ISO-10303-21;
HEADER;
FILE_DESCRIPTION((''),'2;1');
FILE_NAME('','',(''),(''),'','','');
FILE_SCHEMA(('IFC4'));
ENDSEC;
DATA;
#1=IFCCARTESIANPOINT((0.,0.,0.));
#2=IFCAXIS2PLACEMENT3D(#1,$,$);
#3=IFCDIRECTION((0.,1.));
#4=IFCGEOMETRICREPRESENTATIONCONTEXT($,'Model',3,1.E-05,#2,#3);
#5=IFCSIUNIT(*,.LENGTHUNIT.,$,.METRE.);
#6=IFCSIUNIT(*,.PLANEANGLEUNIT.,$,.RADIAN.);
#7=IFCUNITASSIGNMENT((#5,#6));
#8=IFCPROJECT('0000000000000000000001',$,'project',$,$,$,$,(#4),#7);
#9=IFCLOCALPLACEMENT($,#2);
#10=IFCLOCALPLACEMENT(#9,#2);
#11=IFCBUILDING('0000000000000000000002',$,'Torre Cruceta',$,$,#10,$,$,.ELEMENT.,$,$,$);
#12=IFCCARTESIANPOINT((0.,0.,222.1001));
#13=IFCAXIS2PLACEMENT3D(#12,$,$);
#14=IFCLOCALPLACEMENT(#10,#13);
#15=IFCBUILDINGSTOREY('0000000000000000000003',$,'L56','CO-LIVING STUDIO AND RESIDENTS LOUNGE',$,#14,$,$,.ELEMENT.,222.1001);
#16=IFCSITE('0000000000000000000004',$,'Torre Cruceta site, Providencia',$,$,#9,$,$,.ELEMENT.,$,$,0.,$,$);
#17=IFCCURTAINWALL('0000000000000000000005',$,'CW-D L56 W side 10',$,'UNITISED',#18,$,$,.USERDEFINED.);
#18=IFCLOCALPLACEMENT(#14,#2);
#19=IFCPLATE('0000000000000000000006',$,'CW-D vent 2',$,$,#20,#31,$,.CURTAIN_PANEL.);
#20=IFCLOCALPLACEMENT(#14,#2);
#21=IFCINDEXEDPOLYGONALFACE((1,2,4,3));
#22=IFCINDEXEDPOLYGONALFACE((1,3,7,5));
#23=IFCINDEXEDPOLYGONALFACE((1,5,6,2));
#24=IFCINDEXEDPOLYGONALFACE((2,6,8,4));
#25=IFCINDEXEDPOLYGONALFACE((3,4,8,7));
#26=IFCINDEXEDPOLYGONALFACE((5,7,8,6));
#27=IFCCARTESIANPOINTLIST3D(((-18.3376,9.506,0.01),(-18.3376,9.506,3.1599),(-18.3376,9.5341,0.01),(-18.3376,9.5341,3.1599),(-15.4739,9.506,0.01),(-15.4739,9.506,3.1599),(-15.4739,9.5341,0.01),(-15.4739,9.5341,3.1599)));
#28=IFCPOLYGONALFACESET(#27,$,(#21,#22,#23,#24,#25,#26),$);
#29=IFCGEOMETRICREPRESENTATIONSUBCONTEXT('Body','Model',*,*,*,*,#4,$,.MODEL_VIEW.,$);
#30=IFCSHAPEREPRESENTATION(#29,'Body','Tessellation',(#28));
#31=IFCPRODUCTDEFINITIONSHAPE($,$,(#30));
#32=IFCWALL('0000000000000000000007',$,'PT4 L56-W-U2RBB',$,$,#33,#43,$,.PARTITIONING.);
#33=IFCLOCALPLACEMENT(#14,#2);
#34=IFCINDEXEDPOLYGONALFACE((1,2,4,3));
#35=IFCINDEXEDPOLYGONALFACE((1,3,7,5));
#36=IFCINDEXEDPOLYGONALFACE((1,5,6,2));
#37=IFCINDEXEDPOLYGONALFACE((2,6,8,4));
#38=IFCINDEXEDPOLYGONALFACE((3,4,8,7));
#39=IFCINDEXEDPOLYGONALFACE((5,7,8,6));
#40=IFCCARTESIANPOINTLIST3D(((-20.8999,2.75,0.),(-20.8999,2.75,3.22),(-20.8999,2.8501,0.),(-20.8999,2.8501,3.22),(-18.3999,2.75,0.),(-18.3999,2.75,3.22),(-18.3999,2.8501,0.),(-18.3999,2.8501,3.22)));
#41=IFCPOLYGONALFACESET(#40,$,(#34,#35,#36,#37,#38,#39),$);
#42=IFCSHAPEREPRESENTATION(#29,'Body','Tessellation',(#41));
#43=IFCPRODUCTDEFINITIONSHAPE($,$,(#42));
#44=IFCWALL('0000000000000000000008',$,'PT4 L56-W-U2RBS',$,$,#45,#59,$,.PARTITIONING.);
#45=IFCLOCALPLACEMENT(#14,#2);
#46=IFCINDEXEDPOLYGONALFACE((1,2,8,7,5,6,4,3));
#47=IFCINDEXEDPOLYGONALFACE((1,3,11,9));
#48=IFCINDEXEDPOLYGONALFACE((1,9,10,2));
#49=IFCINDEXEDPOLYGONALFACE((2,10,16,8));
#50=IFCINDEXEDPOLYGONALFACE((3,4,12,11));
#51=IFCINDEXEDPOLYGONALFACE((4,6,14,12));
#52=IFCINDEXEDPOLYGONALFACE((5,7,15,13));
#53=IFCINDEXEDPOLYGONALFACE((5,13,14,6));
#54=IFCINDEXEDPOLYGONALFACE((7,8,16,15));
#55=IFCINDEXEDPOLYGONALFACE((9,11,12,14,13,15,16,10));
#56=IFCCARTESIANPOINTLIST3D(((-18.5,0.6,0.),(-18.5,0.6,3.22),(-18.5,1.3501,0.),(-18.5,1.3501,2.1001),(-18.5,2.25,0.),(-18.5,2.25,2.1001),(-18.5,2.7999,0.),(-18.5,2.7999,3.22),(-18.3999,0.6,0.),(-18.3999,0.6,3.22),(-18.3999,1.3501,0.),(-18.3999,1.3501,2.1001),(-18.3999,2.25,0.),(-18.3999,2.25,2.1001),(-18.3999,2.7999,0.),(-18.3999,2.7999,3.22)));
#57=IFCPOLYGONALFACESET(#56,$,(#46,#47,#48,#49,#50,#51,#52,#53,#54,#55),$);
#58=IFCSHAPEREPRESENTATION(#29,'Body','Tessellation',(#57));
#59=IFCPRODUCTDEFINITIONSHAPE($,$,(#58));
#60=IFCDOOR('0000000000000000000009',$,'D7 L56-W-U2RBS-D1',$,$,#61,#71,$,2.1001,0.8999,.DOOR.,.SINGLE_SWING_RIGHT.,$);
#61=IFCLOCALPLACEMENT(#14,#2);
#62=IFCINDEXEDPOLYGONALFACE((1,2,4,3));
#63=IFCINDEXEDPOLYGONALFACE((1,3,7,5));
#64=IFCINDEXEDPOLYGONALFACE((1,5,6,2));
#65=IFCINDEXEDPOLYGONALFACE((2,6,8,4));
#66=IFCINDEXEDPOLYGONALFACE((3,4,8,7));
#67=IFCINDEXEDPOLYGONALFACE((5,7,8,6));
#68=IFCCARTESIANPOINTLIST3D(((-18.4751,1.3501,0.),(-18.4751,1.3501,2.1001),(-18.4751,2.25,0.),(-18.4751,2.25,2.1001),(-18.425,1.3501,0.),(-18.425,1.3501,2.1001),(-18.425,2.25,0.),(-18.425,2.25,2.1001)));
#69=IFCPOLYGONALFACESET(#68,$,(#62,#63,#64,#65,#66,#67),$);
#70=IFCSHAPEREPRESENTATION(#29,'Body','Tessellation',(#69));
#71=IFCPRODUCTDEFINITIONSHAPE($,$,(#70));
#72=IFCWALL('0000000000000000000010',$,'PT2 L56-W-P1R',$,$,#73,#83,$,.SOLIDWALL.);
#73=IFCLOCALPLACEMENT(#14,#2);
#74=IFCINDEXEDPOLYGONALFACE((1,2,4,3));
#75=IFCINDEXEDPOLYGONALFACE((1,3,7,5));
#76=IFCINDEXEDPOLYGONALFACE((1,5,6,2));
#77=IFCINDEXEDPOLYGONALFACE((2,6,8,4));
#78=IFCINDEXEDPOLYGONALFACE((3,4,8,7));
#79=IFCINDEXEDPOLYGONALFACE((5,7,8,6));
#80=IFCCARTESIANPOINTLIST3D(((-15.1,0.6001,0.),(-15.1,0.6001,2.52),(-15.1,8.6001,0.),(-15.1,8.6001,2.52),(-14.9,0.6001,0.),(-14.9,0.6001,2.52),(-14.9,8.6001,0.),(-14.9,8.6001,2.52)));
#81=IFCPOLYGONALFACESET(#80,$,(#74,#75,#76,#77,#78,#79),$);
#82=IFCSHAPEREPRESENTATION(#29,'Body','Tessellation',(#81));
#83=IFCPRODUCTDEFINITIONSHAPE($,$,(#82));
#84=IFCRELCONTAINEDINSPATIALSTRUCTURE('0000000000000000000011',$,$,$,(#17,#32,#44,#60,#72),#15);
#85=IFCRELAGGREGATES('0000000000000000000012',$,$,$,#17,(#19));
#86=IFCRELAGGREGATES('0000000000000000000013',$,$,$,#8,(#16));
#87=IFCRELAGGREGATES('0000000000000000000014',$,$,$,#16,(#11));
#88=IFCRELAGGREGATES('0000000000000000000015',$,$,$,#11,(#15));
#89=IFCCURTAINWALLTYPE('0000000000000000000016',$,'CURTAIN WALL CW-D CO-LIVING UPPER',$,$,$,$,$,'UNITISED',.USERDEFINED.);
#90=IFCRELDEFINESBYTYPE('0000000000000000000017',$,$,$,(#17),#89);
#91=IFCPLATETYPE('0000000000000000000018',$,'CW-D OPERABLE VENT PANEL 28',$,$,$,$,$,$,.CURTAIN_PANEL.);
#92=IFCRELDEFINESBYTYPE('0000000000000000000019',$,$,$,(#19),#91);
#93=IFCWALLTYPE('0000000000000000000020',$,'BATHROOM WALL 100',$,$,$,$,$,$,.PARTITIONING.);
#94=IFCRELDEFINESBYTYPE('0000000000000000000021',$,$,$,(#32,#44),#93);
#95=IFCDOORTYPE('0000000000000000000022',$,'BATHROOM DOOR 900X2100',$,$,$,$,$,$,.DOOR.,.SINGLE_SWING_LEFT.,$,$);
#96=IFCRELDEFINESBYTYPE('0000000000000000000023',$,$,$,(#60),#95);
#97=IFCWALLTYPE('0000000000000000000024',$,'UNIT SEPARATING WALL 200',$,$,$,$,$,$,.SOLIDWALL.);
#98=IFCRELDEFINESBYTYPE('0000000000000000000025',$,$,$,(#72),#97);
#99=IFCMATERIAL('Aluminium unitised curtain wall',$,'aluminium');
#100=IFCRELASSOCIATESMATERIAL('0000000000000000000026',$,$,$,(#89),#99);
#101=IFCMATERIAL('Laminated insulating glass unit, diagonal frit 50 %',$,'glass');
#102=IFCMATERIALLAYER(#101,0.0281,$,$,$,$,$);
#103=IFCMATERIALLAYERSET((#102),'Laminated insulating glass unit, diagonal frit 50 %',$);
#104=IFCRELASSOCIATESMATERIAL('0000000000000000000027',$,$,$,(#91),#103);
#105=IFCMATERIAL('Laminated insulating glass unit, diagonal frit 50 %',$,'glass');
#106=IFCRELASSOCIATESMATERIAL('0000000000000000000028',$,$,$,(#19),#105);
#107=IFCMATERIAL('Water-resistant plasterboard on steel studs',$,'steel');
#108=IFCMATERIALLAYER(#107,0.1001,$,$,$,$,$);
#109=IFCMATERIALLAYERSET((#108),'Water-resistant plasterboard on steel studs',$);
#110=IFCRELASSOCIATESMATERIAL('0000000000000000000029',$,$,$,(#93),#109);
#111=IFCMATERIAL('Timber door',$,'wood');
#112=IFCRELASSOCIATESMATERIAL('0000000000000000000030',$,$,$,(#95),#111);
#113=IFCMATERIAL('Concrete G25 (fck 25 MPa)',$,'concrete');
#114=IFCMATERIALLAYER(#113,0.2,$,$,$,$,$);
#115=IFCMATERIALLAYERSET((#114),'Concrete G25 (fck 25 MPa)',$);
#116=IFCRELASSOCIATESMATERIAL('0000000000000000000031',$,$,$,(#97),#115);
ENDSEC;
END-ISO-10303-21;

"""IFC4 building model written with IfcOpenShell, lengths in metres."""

from ifc_helpers import new_model, si_unit, direction, frame, frame_2d, origin, origin_2d, place, context, subcontext, project, spatial, rectangle, extrude, material, layer, layer_set, type_object, element, fill, aggregate, save


model = new_model("IFC4")

# Units and contexts
model_context = context("Model", 3, precision=1e-05, world=origin(), true_north=direction((0.0, 1.0)))
body_context = subcontext(model_context, "Body", "Model", "MODEL_VIEW")
ifc_project = project(units=[si_unit("LENGTHUNIT", "METRE"), si_unit("PLANEANGLEUNIT", "RADIAN")], contexts=[model_context])

# Site, building, storey
site_placement = place(None, origin())
site = spatial("IfcSite", under=ifc_project, at=site_placement, Name="Torre Cruceta site, Providencia", CompositionType="ELEMENT", RefElevation=0.0)
building_placement = place(site_placement, origin())
building = spatial("IfcBuilding", under=site, at=building_placement, Name="Torre Cruceta", CompositionType="ELEMENT")
storey_placement = place(building_placement, frame((0.0, 0.0, 222.1001)))
storey = spatial("IfcBuildingStorey", under=building, at=storey_placement, Name="L56", Description="CO-LIVING STUDIO AND RESIDENTS LOUNGE", CompositionType="ELEMENT", Elevation=222.1001)

# Curtain wall
ifc_material_1 = material(Name="Aluminium unitised curtain wall", Category="aluminium")
curtain_wall_type = type_object("IfcCurtainWallType", Name="CURTAIN WALL CW-D CO-LIVING UPPER", ElementType="UNITISED", PredefinedType="USERDEFINED", material=ifc_material_1)
curtain_wall_placement = place(storey_placement, origin())
curtain_wall = element("IfcCurtainWall", 1, at=curtain_wall_placement, inside=storey, type_object=curtain_wall_type, Name="CW-D L56 W side 10", ObjectType="UNITISED", PredefinedType="USERDEFINED")

# Plate
ifc_material_2 = material(Name="Laminated insulating glass unit, diagonal frit 50 %", Category="glass")
ifc_material_3 = material(Name="Laminated insulating glass unit, diagonal frit 50 %", Category="glass")
ifc_layer_1 = layer(ifc_material_3, 0.0281)
ifc_layer_set_1 = layer_set([ifc_layer_1], Name="Laminated insulating glass unit, diagonal frit 50 %")
plate_type = type_object("IfcPlateType", Name="CW-D OPERABLE VENT PANEL 28", PredefinedType="CURTAIN_PANEL", material=ifc_layer_set_1)
plate_placement = place(storey_placement, frame((-16.9058, 9.52, 0.01), z_axis=(0.0, 0.0, 1.0), x_axis=(-1.0, 0.0, 0.0)))
plate = element("IfcPlate", 2, at=plate_placement, type_object=plate_type, material=ifc_material_2, Name="CW-D vent 2", PredefinedType="CURTAIN_PANEL", context=body_context, shape_type="SweptSolid", body=[
    extrude(rectangle(XDim=2.8638, YDim=0.0281, at=origin_2d()), origin(), (0.0, 0.0, 1.0), 3.1499),
])
aggregate(curtain_wall, [plate])

# Wall
ifc_material_4 = material(Name="Water-resistant plasterboard on steel studs", Category="steel")
ifc_layer_2 = layer(ifc_material_4, 0.1001)
ifc_layer_set_2 = layer_set([ifc_layer_2], Name="Water-resistant plasterboard on steel studs")
wall_type_1 = type_object("IfcWallType", Name="BATHROOM WALL 100", PredefinedType="PARTITIONING", material=ifc_layer_set_2)
wall_1_placement = place(storey_placement, frame((-18.3999, 2.8, 0.0), z_axis=(0.0, 0.0, 1.0), x_axis=(-1.0, 0.0, 0.0)))
element("IfcWall", 3, at=wall_1_placement, inside=storey, type_object=wall_type_1, Name="PT4 L56-W-U2RBB", PredefinedType="PARTITIONING", context=body_context, shape_type="SweptSolid", body=[
    extrude(rectangle(XDim=2.5, YDim=0.1001, at=frame_2d((1.25, 0.0))), origin(), (0.0, 0.0, 1.0), 3.22),
])

# Wall, opening, door
wall_2_placement = place(storey_placement, frame((-18.45, 2.8, 0.0), z_axis=(0.0, 0.0, 1.0), x_axis=(0.0, -1.0, 0.0)))
wall_2 = element("IfcWall", 4, at=wall_2_placement, inside=storey, type_object=wall_type_1, Name="PT4 L56-W-U2RBS", PredefinedType="PARTITIONING", context=body_context, shape_type="SweptSolid", body=[
    extrude(rectangle(XDim=2.2, YDim=0.1001, at=frame_2d((1.1001, 0.0))), origin(), (0.0, 0.0, 1.0), 3.22),
])
opening_placement = place(wall_2_placement, frame((0.55, 0.0, 0.0)))
opening = element("IfcOpeningElement", 5, at=opening_placement, cuts=wall_2, PredefinedType="OPENING", context=body_context, shape_type="SweptSolid", body=[
    extrude(rectangle(XDim=0.8999, YDim=2.1001, at=frame_2d((0.45, 1.05))), frame((0.0, 0.0601, 0.0), z_axis=(0.0, -1.0, 0.0), x_axis=(1.0, 0.0, 0.0)), (0.0, 0.0, 1.0), 0.1201),
])
ifc_material_5 = material(Name="Timber door", Category="wood")
door_type = type_object("IfcDoorType", Name="BATHROOM DOOR 900X2100", OperationType="SINGLE_SWING_LEFT", PredefinedType="DOOR", material=ifc_material_5)
door_placement = place(opening_placement, frame((0.8999, 0.0, 0.0), z_axis=(0.0, 0.0, 1.0), x_axis=(-1.0, 0.0, 0.0)))
door = element("IfcDoor", 6, at=door_placement, inside=storey, type_object=door_type, Name="D7 L56-W-U2RBS-D1", OperationType="SINGLE_SWING_RIGHT", OverallHeight=2.1001, OverallWidth=0.8999, PredefinedType="DOOR", context=body_context, shape_type="SweptSolid", body=[
    extrude(rectangle(XDim=0.8999, YDim=2.1001, at=frame_2d((0.45, 1.05))), frame((0.0, 0.0251, 0.0), z_axis=(0.0, -1.0, 0.0), x_axis=(1.0, 0.0, 0.0)), (0.0, 0.0, 1.0), 0.05),
])
fill(opening, door)

# Wall
ifc_material_6 = material(Name="Concrete G25 (fck 25 MPa)", Category="concrete")
ifc_layer_3 = layer(ifc_material_6, 0.2)
ifc_layer_set_3 = layer_set([ifc_layer_3], Name="Concrete G25 (fck 25 MPa)")
wall_type_2 = type_object("IfcWallType", Name="UNIT SEPARATING WALL 200", PredefinedType="SOLIDWALL", material=ifc_layer_set_3)
wall_3_placement = place(storey_placement, frame((-15.0, 8.6001, 0.0), z_axis=(0.0, 0.0, 1.0), x_axis=(0.0, -1.0, 0.0)))
element("IfcWall", 7, at=wall_3_placement, inside=storey, type_object=wall_type_2, Name="PT2 L56-W-P1R", PredefinedType="SOLIDWALL", context=body_context, shape_type="SweptSolid", body=[
    extrude(rectangle(XDim=8.0, YDim=0.2, at=frame_2d((4.0, 0.0))), origin(), (0.0, 0.0, 1.0), 2.52),
])

save(model, "model.ifc")
